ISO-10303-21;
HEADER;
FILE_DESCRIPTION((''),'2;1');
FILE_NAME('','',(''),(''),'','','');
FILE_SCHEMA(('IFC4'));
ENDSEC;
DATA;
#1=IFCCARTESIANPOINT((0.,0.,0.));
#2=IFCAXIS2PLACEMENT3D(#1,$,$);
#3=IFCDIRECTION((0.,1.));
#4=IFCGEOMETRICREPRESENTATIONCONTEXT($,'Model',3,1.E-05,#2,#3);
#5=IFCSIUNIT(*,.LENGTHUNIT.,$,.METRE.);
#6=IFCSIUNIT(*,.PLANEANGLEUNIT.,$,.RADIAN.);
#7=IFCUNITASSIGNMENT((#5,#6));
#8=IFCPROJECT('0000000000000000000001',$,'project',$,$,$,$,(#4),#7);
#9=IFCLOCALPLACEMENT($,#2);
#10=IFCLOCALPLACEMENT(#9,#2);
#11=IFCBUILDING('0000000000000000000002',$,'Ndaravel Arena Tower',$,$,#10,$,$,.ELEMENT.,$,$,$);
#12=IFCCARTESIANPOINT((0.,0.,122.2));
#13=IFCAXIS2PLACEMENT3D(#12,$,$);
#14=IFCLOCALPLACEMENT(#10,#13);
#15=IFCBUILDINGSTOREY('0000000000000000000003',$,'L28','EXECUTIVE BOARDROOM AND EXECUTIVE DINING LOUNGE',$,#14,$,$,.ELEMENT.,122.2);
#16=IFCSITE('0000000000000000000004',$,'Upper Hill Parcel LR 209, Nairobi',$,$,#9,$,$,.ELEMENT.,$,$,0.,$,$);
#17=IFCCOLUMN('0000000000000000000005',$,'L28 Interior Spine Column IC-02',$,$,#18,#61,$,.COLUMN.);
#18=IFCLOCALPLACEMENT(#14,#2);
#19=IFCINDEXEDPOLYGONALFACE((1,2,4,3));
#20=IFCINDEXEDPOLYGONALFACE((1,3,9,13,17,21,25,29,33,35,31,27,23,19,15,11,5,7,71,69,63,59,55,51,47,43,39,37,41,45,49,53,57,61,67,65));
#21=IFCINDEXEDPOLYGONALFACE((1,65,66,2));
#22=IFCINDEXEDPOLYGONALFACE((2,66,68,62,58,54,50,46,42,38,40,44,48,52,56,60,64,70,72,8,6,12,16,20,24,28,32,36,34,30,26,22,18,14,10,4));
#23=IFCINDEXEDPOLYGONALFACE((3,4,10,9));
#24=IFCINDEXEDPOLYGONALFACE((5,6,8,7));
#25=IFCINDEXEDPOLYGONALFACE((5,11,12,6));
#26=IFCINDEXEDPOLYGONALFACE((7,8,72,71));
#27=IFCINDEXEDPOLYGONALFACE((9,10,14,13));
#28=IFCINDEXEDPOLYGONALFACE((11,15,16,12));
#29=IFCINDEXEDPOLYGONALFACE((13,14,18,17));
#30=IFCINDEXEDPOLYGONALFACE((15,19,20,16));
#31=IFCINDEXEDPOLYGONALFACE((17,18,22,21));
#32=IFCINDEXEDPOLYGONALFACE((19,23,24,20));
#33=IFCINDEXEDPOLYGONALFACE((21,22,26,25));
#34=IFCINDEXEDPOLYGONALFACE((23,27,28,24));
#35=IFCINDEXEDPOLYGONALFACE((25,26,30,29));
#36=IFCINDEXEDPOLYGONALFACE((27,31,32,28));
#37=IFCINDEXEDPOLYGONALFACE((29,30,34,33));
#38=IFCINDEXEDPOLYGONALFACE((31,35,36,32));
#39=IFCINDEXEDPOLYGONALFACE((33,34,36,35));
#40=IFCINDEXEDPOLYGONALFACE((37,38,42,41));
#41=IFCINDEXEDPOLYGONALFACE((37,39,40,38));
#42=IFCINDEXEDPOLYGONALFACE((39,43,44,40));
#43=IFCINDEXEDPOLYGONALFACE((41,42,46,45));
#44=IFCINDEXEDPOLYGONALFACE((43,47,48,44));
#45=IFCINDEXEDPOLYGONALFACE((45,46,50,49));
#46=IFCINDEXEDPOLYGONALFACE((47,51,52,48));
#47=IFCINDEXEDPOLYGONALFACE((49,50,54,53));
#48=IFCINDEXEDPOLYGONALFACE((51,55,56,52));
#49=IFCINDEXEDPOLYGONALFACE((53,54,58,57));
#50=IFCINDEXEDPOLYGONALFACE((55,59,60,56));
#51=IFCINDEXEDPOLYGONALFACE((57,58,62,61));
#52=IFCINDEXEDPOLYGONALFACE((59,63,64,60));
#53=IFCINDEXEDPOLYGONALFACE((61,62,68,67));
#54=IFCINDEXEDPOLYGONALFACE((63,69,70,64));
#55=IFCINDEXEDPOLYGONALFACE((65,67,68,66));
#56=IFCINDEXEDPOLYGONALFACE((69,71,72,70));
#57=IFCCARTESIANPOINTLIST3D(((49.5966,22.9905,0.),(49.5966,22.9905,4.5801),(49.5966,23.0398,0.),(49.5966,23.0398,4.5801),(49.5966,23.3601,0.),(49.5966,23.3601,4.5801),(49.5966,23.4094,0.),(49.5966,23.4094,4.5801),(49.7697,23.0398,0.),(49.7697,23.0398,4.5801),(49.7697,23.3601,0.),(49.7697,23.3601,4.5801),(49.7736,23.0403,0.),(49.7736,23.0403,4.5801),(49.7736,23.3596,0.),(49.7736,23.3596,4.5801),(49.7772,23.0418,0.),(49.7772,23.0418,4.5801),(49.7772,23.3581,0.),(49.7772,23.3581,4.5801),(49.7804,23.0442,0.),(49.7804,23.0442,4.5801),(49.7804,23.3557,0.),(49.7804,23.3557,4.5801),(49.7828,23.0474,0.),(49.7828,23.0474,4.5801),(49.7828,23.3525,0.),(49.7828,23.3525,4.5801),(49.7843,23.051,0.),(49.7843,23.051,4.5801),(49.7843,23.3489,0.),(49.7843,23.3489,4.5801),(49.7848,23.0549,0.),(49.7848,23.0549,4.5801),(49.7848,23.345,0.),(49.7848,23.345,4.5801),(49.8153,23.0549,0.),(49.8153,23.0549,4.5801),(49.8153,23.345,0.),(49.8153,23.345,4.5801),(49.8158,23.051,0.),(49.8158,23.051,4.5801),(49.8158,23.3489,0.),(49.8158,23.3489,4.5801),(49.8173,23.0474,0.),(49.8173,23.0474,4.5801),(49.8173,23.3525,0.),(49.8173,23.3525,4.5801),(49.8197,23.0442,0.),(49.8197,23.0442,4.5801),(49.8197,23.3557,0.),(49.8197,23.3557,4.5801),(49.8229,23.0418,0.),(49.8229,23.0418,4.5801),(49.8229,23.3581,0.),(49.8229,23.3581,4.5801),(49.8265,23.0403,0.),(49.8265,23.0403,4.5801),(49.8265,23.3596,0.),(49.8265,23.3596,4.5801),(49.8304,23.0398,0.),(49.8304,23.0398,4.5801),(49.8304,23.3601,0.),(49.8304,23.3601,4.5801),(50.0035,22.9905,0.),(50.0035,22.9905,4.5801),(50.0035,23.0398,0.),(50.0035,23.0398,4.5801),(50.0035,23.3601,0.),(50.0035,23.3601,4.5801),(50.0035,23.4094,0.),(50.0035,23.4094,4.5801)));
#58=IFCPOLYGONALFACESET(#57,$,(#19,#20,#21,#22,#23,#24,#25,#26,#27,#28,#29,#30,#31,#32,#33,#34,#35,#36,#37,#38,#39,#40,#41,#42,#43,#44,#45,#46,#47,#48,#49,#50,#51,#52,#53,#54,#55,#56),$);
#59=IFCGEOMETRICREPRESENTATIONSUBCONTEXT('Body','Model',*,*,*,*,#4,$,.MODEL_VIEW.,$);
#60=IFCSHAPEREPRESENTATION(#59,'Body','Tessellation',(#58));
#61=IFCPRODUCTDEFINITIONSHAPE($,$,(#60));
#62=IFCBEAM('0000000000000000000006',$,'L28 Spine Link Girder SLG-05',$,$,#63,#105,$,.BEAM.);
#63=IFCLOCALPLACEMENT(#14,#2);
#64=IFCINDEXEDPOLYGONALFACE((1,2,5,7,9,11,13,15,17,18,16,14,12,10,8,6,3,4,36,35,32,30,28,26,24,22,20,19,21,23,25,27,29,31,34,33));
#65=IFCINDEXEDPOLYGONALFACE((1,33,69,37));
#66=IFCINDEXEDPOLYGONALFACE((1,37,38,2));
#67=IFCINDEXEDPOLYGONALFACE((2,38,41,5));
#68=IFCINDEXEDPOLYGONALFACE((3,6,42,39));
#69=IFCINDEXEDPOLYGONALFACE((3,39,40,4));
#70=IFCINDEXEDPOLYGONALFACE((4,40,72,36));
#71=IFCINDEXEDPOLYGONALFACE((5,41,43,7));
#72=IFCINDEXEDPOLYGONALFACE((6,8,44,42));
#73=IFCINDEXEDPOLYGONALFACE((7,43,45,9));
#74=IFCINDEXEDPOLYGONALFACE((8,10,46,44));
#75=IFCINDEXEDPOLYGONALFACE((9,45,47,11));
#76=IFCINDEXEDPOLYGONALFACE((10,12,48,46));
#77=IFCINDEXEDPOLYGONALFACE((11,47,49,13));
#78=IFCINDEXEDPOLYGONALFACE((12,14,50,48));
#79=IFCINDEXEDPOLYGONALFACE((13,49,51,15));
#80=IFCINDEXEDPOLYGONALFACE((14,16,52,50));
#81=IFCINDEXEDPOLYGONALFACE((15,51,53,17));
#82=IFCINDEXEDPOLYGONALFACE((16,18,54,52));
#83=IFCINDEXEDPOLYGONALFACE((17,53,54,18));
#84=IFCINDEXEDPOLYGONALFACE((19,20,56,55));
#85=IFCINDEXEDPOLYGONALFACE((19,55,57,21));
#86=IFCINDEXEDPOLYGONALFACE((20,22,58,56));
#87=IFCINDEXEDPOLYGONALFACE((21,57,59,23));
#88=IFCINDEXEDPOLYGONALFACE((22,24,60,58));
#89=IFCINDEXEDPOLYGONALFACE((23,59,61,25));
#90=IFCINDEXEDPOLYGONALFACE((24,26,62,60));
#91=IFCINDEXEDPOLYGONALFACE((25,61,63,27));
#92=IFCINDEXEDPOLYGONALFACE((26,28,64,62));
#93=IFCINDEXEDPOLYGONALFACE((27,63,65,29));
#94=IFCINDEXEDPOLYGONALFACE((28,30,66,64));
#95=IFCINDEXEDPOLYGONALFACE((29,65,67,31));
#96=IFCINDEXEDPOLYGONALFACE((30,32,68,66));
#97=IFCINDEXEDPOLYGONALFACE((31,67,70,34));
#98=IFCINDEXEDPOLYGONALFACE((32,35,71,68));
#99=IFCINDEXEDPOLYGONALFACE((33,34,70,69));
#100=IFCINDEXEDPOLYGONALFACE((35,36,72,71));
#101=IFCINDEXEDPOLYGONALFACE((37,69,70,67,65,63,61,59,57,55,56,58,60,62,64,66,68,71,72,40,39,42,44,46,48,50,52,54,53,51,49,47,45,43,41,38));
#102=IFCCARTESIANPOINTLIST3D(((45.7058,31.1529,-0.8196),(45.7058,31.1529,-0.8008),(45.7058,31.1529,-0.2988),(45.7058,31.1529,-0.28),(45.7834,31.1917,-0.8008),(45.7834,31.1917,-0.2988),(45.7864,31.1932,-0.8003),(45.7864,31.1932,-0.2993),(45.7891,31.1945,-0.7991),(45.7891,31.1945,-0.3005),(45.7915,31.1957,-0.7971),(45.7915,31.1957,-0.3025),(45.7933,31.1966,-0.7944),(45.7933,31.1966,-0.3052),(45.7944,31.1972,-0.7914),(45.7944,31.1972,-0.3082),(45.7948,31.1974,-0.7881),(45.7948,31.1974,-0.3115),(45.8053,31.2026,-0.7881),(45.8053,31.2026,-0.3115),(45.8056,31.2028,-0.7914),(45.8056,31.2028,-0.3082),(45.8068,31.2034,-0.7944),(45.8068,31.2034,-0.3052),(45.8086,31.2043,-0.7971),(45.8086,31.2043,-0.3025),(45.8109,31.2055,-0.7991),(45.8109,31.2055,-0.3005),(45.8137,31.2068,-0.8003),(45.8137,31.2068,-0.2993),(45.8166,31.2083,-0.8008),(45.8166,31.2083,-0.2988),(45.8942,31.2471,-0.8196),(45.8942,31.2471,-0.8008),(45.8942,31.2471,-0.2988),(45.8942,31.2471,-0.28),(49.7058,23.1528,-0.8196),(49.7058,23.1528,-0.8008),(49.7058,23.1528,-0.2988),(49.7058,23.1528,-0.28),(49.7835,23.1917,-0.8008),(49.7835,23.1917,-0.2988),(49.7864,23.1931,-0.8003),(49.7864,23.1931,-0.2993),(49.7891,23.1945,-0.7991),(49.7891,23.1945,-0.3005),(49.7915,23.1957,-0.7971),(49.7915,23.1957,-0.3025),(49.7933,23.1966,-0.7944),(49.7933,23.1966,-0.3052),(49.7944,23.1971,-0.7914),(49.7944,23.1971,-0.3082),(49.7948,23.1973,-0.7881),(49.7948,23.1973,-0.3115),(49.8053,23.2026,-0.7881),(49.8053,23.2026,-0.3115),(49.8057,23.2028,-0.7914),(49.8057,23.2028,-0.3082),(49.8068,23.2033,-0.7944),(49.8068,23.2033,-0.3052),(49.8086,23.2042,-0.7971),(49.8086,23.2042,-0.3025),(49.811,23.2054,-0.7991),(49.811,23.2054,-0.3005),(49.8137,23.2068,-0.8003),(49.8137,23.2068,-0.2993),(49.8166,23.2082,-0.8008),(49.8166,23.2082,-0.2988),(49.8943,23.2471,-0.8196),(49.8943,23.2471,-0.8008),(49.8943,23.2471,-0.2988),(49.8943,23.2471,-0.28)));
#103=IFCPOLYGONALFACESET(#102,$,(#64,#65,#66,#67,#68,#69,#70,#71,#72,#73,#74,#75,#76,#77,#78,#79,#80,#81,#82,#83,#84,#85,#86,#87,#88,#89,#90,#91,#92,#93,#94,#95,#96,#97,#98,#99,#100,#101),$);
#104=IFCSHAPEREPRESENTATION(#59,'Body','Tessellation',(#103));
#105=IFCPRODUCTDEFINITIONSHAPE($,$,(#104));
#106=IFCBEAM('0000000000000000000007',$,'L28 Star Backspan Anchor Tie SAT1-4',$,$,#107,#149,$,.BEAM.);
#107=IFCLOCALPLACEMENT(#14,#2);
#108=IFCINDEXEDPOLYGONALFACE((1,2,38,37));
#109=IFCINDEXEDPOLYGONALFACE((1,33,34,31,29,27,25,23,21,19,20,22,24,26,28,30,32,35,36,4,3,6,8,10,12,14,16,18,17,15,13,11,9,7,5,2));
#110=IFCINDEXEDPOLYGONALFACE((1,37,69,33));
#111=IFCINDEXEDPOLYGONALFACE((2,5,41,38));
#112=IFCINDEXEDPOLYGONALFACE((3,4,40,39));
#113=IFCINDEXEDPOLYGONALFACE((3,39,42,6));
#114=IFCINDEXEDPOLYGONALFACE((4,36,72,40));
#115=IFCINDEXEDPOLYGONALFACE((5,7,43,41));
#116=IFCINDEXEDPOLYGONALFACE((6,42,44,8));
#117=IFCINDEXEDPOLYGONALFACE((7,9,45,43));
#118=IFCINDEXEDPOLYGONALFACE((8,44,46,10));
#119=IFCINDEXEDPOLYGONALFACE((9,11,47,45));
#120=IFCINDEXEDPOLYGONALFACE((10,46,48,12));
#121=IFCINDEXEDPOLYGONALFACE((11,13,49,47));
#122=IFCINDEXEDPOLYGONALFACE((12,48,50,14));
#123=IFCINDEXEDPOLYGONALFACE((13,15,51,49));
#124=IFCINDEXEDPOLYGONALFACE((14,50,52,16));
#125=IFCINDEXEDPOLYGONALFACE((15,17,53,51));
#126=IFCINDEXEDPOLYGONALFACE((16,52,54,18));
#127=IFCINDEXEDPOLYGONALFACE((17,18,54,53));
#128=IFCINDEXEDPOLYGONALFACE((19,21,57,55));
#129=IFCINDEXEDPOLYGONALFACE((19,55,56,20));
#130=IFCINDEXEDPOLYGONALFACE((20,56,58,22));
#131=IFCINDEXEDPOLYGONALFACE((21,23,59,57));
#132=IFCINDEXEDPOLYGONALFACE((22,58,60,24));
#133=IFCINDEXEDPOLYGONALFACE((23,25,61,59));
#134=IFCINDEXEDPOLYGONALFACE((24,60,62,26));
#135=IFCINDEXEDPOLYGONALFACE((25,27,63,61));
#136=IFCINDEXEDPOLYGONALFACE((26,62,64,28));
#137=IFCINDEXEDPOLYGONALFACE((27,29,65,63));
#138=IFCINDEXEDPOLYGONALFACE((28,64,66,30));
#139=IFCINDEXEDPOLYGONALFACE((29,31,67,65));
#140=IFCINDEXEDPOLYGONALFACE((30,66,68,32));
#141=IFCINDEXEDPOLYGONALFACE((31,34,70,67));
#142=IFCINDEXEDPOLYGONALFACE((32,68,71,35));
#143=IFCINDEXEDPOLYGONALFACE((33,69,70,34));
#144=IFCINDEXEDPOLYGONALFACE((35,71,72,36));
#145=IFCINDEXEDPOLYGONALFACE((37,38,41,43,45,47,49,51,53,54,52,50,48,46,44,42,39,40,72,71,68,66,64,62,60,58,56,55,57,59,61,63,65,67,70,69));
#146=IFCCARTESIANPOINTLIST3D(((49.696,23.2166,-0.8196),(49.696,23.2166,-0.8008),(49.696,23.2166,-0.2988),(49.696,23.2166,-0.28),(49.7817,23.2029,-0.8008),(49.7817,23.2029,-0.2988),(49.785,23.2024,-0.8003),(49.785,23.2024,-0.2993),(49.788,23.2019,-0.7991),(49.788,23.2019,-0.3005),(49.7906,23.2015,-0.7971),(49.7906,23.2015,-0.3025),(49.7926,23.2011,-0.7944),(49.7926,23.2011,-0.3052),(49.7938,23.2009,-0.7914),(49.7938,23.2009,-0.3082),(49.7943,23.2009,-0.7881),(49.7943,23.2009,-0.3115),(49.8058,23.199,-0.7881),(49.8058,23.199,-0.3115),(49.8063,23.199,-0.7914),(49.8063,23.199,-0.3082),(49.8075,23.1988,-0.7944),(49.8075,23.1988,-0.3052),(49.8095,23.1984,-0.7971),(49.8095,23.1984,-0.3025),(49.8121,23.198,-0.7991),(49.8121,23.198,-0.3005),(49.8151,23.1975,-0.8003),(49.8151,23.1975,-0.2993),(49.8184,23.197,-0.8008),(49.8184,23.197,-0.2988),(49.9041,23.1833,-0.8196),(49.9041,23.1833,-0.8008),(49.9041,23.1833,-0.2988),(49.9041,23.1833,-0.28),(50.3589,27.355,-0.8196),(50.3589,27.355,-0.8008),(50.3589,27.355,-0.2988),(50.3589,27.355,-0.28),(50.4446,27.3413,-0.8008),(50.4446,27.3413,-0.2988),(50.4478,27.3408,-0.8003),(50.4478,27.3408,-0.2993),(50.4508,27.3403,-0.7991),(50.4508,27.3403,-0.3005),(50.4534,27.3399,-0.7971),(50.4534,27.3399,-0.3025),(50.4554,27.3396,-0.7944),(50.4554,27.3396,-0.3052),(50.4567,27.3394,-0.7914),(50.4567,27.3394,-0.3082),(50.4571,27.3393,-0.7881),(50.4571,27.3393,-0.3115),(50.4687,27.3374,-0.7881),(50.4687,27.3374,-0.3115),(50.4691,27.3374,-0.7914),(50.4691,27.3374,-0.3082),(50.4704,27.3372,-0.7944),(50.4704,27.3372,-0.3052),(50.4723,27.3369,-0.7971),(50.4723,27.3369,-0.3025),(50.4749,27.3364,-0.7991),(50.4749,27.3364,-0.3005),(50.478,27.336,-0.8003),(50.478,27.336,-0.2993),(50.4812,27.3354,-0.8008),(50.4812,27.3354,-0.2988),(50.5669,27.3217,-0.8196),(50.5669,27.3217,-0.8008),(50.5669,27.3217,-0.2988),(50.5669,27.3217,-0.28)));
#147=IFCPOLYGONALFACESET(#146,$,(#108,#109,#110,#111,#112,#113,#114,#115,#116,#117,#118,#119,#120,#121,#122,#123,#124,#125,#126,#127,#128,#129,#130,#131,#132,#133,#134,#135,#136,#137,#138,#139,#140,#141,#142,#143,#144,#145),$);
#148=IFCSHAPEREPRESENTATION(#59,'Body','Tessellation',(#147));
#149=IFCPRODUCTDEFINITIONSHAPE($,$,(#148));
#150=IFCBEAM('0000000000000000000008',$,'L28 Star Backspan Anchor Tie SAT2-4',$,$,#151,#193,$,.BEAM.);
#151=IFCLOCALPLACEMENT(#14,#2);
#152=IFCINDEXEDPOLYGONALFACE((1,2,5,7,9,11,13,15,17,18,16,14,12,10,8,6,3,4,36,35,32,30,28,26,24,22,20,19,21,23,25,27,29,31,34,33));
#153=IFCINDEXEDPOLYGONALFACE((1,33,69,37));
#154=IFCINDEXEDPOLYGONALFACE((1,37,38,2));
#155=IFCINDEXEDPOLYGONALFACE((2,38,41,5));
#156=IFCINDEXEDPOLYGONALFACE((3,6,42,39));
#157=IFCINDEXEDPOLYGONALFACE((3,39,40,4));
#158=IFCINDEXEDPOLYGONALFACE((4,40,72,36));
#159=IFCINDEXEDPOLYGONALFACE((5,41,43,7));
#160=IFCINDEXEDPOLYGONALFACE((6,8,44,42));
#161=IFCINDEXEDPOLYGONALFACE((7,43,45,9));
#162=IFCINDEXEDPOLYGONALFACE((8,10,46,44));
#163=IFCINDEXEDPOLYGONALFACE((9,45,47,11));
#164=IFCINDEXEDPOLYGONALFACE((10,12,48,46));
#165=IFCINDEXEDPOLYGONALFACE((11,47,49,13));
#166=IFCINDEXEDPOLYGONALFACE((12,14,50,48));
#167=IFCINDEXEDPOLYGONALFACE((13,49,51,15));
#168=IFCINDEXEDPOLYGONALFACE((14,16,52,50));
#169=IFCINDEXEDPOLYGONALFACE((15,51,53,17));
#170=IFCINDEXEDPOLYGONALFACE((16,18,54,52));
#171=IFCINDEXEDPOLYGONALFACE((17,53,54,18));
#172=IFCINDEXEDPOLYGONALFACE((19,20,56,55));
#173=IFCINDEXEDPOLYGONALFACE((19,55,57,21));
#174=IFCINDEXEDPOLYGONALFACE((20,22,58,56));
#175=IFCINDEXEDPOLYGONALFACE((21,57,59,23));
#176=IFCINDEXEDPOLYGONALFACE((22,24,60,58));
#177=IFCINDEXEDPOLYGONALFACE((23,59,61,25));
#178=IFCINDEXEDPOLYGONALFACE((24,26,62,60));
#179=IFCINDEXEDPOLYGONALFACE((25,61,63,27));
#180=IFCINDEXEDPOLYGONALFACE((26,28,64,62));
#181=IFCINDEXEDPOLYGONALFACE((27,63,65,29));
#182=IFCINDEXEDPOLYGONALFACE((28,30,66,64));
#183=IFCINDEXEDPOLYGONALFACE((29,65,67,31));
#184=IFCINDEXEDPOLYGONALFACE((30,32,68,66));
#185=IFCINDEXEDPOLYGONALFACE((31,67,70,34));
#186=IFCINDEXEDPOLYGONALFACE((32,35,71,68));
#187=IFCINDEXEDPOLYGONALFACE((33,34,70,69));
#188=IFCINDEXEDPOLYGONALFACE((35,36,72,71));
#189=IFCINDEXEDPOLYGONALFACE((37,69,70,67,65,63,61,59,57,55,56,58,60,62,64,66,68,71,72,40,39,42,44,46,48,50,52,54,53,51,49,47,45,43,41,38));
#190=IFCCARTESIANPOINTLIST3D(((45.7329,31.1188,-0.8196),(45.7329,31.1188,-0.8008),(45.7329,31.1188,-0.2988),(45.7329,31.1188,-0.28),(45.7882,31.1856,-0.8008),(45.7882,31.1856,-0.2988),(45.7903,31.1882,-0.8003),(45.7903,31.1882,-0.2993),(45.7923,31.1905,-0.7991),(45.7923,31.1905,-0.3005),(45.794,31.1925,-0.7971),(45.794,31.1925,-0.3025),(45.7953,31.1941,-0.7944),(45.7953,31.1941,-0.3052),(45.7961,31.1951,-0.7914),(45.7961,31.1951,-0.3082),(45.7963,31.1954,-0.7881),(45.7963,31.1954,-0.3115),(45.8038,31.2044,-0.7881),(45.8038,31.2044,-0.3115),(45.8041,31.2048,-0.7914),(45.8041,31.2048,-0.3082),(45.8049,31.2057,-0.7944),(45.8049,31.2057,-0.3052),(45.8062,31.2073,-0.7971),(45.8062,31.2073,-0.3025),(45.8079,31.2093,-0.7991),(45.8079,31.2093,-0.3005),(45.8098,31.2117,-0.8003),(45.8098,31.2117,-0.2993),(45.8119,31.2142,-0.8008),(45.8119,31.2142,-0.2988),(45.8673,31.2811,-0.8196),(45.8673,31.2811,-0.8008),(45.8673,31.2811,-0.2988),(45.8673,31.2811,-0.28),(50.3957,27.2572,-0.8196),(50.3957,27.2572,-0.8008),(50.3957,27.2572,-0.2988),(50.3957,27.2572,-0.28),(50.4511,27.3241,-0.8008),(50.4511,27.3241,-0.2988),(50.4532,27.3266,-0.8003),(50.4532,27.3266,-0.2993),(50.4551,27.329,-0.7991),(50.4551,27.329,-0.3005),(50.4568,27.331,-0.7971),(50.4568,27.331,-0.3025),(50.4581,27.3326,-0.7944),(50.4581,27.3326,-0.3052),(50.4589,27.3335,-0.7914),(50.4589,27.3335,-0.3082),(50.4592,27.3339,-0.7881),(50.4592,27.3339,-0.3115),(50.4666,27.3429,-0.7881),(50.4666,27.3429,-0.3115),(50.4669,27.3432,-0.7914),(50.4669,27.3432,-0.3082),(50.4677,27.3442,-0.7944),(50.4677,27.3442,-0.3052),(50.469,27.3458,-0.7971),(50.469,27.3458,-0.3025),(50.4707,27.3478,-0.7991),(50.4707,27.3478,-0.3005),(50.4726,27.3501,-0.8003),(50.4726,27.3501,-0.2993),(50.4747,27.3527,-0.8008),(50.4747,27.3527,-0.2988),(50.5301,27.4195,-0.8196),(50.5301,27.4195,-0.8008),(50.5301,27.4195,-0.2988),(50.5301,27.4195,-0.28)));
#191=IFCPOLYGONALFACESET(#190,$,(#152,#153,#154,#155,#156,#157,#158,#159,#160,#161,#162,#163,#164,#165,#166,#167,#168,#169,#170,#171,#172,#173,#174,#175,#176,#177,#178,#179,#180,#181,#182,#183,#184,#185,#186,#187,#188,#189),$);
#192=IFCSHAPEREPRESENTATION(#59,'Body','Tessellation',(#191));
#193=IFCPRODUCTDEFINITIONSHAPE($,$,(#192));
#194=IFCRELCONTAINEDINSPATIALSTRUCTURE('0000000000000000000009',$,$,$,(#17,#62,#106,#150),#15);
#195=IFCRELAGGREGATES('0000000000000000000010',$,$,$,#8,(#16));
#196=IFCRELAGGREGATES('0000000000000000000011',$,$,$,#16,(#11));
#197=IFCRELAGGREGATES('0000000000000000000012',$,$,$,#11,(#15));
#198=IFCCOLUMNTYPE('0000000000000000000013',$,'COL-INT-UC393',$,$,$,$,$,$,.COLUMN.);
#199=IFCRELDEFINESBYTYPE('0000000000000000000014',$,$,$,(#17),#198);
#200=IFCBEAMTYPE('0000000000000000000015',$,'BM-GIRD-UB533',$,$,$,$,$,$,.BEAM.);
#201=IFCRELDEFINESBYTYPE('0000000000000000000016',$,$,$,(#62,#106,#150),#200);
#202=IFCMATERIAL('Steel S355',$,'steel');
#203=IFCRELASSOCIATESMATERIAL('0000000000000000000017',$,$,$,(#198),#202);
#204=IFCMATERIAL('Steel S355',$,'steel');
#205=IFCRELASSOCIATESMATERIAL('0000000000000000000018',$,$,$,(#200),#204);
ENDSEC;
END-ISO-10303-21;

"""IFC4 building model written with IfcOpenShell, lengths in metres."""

from ifc_helpers import new_model, si_unit, direction, frame, origin, origin_2d, place, context, subcontext, project, spatial, i_section, extrude, material, material_profile, profile_set, type_object, element, save


model = new_model("IFC4")

# Units and contexts
model_context = context("Model", 3, precision=1e-05, world=origin(), true_north=direction((0.0, 1.0)))
body_context = subcontext(model_context, "Body", "Model", "MODEL_VIEW")
ifc_project = project(units=[si_unit("LENGTHUNIT", "METRE"), si_unit("PLANEANGLEUNIT", "RADIAN")], contexts=[model_context])

# Site, building, storey
site_placement = place(None, origin())
site = spatial("IfcSite", under=ifc_project, at=site_placement, Name="Upper Hill Parcel LR 209, Nairobi", CompositionType="ELEMENT", RefElevation=0.0)
building_placement = place(site_placement, origin())
building = spatial("IfcBuilding", under=site, at=building_placement, Name="Ndaravel Arena Tower", CompositionType="ELEMENT")
storey_placement = place(building_placement, frame((0.0, 0.0, 122.2)))
storey = spatial("IfcBuildingStorey", under=building, at=storey_placement, Name="L28", Description="EXECUTIVE BOARDROOM AND EXECUTIVE DINING LOUNGE", CompositionType="ELEMENT", Elevation=122.2)

# Column
ifc_material_1 = material(Name="Steel S355", Category="steel")
ifc_material_profile_1 = material_profile(ifc_material_1, i_section(OverallWidth=0.407, OverallDepth=0.4189, WebThickness=0.0305, FlangeThickness=0.0493, FilletRadius=0.0151, at=origin_2d()), Name="UC 356x406x393")
ifc_profile_set_1 = profile_set([ifc_material_profile_1], Name="Steel S355")
column_type = type_object("IfcColumnType", Name="COL-INT-UC393", PredefinedType="COLUMN", material=ifc_profile_set_1)
column_placement = place(storey_placement, frame((49.8, 23.2, 0.0), z_axis=(0.0, 0.0, 1.0), x_axis=(1.0, 0.0, 0.0)))
element("IfcColumn", 1, at=column_placement, inside=storey, type_object=column_type, Name="L28 Interior Spine Column IC-02", PredefinedType="COLUMN", context=body_context, shape_type="SweptSolid", body=[
    extrude(i_section(OverallWidth=0.407, OverallDepth=0.4189, WebThickness=0.0305, FlangeThickness=0.0493, FilletRadius=0.0151, at=origin_2d()), origin(), (0.0, 0.0, 1.0), 4.5801),
])

# Beams
ifc_material_2 = material(Name="Steel S355", Category="steel")
ifc_material_profile_2 = material_profile(ifc_material_2, i_section(OverallWidth=0.2107, OverallDepth=0.5396, WebThickness=0.0117, FlangeThickness=0.0188, FilletRadius=0.0127, at=origin_2d()), Name="UB 533x210x109")
ifc_profile_set_2 = profile_set([ifc_material_profile_2], Name="Steel S355")
beam_type_1 = type_object("IfcBeamType", Name="BM-GIRD-UB533", PredefinedType="BEAM", material=ifc_profile_set_2)
beam_1_placement = place(storey_placement, frame((49.8, 23.2, -0.5498), z_axis=(-0.447214, 0.894427, 0.0), x_axis=(-0.894427, -0.447214, 0.0)))
element("IfcBeam", 2, at=beam_1_placement, inside=storey, type_object=beam_type_1, Name="L28 Spine Link Girder SLG-05", PredefinedType="BEAM", context=body_context, shape_type="SweptSolid", body=[
    extrude(i_section(OverallWidth=0.2107, OverallDepth=0.5396, WebThickness=0.0117, FlangeThickness=0.0188, FilletRadius=0.0127, at=origin_2d()), origin(), (0.0, 0.0, 1.0), 8.9443),
])
beam_2_placement = place(storey_placement, frame((49.8, 23.2, -0.5498), z_axis=(0.158152, 0.987415, 0.0), x_axis=(-0.987415, 0.158152, 0.0)))
element("IfcBeam", 3, at=beam_2_placement, inside=storey, type_object=beam_type_1, Name="L28 Star Backspan Anchor Tie SAT1-4", PredefinedType="BEAM", context=body_context, shape_type="SweptSolid", body=[
    extrude(i_section(OverallWidth=0.2107, OverallDepth=0.5396, WebThickness=0.0117, FlangeThickness=0.0188, FilletRadius=0.0127, at=origin_2d()), origin(), (0.0, 0.0, 1.0), 4.1912),
])
beam_3_placement = place(storey_placement, frame((50.4629, 27.3384, -0.5498), z_axis=(-0.770178, 0.637829, 0.0), x_axis=(-0.637829, -0.770178, 0.0)))
element("IfcBeam", 4, at=beam_3_placement, inside=storey, type_object=beam_type_1, Name="L28 Star Backspan Anchor Tie SAT2-4", PredefinedType="BEAM", context=body_context, shape_type="SweptSolid", body=[
    extrude(i_section(OverallWidth=0.2107, OverallDepth=0.5396, WebThickness=0.0117, FlangeThickness=0.0188, FilletRadius=0.0127, at=origin_2d()), origin(), (0.0, 0.0, 1.0), 6.0542),
])

save(model, "model.ifc")
